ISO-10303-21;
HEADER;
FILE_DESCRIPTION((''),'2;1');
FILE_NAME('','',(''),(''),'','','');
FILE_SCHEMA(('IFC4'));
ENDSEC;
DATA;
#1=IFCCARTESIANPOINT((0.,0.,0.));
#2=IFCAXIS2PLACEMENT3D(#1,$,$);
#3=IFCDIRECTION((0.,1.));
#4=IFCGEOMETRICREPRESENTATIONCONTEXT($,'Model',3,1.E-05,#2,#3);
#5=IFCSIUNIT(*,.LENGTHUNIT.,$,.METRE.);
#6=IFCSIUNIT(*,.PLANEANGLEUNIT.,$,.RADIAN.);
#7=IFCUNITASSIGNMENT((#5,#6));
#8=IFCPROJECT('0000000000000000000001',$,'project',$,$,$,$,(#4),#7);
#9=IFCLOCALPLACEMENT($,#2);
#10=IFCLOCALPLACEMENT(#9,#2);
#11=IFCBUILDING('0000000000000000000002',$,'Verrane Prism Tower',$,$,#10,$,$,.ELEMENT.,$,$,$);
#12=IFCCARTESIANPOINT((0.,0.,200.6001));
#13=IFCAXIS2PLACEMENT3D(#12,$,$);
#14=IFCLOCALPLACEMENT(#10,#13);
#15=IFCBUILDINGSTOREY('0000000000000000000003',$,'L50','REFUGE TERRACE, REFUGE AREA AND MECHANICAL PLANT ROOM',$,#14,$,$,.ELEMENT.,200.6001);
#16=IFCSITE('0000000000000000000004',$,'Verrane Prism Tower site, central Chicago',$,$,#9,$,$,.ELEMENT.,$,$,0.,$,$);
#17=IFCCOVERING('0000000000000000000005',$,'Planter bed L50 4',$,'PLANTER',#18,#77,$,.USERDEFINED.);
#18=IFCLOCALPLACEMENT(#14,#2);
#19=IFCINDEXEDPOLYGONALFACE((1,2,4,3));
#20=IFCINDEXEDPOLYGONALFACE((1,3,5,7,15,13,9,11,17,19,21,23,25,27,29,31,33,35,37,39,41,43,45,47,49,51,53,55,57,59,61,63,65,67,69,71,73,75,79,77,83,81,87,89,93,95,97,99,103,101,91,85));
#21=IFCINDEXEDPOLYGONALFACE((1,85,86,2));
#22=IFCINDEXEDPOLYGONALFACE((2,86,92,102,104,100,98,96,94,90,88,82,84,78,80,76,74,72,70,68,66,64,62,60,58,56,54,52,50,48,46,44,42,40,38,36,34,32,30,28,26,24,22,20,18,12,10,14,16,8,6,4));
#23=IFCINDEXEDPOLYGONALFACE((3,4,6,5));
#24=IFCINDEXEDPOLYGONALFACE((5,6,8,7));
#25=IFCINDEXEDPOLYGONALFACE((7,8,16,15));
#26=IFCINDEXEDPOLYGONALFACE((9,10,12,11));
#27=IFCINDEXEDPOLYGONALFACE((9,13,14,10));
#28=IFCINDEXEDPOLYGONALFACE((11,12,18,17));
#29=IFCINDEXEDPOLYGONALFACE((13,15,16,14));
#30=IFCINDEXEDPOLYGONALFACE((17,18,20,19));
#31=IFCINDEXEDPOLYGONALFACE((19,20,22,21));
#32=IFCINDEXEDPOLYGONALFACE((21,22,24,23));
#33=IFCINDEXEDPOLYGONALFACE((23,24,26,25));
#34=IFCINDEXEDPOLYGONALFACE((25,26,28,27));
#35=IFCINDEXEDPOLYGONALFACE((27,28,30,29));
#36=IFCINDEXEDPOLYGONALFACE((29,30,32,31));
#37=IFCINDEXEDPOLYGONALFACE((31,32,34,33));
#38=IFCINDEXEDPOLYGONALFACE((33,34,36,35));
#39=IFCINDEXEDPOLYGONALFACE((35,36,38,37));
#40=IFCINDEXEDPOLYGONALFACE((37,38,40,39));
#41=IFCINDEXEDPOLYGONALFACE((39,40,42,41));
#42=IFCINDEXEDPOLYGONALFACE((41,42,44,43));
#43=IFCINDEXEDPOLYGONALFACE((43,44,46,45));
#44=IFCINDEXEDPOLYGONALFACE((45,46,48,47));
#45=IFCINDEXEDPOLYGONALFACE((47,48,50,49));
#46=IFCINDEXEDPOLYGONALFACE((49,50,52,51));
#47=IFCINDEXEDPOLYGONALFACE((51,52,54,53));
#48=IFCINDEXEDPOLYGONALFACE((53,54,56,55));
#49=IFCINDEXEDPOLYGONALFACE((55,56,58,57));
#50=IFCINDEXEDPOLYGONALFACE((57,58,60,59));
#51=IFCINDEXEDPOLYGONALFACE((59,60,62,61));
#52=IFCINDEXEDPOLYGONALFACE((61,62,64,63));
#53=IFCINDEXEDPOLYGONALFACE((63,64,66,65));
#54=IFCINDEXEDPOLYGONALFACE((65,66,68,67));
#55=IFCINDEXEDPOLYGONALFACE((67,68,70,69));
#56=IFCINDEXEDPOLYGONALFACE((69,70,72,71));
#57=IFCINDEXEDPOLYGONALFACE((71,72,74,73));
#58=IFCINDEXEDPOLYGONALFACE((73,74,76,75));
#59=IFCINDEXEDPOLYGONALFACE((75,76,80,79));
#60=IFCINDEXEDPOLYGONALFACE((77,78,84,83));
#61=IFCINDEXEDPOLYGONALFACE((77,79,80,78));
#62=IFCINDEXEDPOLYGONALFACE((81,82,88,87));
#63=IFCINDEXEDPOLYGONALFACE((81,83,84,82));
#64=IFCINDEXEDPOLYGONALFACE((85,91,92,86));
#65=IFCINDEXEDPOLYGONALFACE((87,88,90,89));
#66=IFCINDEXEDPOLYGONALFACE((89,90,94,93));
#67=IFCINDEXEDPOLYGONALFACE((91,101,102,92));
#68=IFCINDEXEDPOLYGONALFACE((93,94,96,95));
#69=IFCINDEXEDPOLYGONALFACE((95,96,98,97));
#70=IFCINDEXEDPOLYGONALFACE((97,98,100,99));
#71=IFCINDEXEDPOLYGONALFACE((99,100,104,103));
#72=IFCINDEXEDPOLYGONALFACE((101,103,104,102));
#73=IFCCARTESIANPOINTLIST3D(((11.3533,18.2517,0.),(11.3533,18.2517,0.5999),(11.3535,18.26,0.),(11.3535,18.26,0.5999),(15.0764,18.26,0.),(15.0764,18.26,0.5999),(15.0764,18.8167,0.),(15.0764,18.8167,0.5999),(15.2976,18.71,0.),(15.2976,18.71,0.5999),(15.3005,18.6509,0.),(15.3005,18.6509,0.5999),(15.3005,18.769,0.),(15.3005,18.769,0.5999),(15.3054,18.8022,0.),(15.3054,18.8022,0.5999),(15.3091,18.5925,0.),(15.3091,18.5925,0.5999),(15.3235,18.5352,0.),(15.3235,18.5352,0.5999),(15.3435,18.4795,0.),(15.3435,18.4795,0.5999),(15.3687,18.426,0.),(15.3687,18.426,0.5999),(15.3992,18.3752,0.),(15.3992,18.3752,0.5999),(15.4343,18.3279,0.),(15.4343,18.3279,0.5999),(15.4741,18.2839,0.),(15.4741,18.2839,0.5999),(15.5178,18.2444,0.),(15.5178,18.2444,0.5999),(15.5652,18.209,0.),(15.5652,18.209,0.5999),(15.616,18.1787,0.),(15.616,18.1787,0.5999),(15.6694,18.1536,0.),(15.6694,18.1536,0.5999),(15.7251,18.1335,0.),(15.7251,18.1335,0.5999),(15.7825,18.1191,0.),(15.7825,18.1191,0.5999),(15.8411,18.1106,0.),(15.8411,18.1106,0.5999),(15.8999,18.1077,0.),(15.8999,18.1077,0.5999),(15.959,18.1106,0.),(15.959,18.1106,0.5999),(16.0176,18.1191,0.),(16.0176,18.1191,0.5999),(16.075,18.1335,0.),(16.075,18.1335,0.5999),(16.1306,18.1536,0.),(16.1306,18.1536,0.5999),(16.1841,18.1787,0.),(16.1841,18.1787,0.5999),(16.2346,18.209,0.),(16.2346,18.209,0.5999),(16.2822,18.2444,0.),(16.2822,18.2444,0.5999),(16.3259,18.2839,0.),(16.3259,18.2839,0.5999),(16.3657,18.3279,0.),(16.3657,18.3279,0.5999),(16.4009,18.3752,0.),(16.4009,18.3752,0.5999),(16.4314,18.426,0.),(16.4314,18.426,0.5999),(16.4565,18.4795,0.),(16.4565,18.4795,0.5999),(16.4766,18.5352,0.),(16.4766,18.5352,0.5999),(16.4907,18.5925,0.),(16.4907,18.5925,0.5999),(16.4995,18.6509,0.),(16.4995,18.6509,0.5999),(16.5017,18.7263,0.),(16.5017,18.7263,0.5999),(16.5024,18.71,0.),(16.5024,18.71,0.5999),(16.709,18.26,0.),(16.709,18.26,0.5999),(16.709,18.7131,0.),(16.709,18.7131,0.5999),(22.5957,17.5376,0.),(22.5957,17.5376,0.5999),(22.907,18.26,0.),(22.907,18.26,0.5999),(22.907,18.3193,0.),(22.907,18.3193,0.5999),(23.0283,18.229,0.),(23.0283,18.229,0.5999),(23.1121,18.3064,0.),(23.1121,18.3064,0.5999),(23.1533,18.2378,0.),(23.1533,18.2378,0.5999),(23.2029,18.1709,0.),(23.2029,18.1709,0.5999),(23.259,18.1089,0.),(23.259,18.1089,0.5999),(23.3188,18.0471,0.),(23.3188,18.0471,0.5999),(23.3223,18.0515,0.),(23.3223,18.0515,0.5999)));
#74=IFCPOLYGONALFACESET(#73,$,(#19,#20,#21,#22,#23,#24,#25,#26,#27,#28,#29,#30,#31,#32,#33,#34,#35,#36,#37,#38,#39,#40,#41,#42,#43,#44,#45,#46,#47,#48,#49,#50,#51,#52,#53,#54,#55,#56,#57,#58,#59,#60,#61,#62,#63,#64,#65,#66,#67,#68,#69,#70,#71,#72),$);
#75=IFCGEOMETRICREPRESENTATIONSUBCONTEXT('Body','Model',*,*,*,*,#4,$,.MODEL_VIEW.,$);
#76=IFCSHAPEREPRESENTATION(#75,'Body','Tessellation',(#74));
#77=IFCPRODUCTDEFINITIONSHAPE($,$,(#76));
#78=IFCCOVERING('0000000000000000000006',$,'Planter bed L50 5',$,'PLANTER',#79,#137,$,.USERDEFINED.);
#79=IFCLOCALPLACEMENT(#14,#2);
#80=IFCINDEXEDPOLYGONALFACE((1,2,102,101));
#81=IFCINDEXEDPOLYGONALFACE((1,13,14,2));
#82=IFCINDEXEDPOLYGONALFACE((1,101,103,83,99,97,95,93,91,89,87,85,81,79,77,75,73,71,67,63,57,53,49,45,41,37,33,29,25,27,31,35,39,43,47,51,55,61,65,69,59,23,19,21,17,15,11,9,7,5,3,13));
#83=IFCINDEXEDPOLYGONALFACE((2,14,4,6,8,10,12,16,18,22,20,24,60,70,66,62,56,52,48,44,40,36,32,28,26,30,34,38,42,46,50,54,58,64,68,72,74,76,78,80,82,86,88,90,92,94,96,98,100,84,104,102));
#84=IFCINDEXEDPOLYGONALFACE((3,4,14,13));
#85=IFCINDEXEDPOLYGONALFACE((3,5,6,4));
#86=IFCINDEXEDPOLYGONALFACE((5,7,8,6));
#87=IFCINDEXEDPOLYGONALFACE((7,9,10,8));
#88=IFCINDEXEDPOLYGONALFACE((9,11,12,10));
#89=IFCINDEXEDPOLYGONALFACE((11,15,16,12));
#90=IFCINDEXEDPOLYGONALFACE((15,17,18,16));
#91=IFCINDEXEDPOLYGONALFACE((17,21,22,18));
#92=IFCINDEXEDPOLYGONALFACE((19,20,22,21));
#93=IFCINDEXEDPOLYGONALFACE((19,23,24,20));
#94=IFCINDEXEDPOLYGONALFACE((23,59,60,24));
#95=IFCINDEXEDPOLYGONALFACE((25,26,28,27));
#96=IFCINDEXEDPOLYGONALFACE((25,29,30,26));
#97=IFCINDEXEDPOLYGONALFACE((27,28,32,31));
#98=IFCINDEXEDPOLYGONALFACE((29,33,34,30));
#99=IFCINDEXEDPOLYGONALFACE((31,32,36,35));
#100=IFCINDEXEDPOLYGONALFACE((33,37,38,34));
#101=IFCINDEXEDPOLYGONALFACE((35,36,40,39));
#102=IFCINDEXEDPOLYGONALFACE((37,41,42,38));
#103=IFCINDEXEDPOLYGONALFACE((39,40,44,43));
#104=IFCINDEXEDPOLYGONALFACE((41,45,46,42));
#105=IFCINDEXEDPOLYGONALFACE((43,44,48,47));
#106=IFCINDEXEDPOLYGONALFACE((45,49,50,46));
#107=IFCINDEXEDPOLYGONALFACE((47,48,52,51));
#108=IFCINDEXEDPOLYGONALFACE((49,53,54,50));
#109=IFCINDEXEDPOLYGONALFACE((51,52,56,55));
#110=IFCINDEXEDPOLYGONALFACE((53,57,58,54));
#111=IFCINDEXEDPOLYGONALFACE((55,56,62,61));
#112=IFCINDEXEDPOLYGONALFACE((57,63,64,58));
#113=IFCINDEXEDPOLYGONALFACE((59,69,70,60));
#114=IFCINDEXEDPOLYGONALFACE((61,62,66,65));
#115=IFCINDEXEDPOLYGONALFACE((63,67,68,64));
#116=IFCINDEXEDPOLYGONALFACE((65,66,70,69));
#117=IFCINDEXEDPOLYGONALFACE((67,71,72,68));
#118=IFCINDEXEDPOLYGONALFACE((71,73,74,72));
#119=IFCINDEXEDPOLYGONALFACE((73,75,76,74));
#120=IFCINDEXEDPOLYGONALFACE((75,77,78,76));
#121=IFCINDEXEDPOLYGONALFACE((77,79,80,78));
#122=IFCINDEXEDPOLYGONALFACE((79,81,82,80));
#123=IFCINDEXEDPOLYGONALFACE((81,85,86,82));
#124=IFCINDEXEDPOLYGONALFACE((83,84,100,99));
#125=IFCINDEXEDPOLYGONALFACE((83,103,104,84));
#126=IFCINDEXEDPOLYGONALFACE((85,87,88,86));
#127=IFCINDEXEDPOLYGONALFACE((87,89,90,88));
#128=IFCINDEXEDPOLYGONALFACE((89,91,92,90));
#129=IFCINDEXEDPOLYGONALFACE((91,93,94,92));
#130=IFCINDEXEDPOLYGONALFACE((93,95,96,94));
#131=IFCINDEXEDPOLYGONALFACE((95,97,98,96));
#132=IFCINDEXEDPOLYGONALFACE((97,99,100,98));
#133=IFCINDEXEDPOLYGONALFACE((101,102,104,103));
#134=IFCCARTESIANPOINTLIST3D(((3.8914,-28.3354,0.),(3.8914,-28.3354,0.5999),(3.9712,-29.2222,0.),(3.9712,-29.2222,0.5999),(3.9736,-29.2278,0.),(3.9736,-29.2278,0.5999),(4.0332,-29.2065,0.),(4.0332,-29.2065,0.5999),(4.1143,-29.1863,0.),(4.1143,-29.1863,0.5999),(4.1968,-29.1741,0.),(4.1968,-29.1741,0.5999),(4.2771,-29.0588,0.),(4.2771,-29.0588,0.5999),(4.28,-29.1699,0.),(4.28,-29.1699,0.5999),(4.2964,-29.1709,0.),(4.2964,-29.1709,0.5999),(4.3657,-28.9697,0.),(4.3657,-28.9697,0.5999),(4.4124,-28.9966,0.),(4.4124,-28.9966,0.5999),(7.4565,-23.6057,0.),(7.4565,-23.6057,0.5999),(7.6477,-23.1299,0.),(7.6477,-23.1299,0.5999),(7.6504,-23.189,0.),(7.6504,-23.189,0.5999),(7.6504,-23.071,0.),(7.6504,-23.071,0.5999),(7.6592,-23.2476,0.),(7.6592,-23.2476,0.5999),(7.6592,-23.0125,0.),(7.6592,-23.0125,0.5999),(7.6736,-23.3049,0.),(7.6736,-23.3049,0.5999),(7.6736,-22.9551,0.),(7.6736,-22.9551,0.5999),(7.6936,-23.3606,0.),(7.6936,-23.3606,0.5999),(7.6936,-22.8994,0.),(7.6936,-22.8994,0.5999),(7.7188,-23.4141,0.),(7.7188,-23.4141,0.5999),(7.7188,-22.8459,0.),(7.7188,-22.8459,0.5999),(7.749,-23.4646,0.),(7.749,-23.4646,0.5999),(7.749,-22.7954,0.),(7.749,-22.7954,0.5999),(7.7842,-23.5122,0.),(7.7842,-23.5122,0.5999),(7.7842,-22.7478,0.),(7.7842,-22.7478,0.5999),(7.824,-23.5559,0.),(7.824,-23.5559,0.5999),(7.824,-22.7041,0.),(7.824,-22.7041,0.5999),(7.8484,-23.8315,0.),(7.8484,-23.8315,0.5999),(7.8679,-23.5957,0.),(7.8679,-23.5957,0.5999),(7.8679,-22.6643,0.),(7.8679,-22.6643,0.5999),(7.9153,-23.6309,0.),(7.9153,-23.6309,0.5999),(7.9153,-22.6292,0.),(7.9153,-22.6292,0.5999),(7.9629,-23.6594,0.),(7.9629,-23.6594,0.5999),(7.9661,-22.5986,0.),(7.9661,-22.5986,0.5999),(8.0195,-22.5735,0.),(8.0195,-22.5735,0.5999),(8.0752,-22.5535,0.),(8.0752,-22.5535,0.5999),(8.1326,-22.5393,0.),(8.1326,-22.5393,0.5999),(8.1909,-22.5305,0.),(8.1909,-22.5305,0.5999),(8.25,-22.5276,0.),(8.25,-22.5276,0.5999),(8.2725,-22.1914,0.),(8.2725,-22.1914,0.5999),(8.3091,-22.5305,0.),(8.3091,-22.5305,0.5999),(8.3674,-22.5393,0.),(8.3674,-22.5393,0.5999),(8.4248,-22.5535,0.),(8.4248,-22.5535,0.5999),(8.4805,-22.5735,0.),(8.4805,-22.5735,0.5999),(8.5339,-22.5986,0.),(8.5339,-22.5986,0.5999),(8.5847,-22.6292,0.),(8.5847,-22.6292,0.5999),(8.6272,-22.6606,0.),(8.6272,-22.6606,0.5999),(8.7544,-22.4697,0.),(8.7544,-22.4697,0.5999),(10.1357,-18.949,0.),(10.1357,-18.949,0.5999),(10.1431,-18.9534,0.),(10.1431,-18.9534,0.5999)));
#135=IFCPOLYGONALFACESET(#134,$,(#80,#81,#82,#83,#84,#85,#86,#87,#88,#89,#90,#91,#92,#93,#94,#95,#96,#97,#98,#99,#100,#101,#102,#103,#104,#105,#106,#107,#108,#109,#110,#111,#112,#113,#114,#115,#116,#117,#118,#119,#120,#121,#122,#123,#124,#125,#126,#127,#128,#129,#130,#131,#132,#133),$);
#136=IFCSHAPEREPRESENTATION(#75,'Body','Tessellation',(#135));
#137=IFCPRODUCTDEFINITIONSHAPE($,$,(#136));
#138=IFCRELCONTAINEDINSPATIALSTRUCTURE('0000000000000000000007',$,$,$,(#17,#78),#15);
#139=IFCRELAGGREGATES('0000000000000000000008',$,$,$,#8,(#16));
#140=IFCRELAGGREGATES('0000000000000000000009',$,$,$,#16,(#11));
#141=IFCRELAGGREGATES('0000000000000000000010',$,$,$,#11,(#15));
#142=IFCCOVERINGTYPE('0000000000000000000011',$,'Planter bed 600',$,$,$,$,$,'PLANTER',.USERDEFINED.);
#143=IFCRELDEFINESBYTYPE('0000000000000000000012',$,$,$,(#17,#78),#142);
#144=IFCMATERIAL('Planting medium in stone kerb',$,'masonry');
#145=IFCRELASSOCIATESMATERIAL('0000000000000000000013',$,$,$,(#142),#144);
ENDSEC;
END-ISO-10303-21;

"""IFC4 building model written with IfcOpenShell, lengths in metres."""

from ifc_helpers import new_model, si_unit, direction, frame, origin, place, context, subcontext, project, spatial, polyline, outline, extrude, material, type_object, element, save


model = new_model("IFC4")

# Units and contexts
model_context = context("Model", 3, precision=1e-05, world=origin(), true_north=direction((0.0, 1.0)))
body_context = subcontext(model_context, "Body", "Model", "MODEL_VIEW")
ifc_project = project(units=[si_unit("LENGTHUNIT", "METRE"), si_unit("PLANEANGLEUNIT", "RADIAN")], contexts=[model_context])

# Site, building, storey
site_placement = place(None, origin())
site = spatial("IfcSite", under=ifc_project, at=site_placement, Name="Verrane Prism Tower site, central Chicago", CompositionType="ELEMENT", RefElevation=0.0)
building_placement = place(site_placement, origin())
building = spatial("IfcBuilding", under=site, at=building_placement, Name="Verrane Prism Tower", CompositionType="ELEMENT")
storey_placement = place(building_placement, frame((0.0, 0.0, 200.6001)))
storey = spatial("IfcBuildingStorey", under=building, at=storey_placement, Name="L50", Description="REFUGE TERRACE, REFUGE AREA AND MECHANICAL PLANT ROOM", CompositionType="ELEMENT", Elevation=200.6001)

# Coverings
ifc_material_1 = material(Name="Planting medium in stone kerb", Category="masonry")
covering_type_1 = type_object("IfcCoveringType", Name="Planter bed 600", ElementType="PLANTER", PredefinedType="USERDEFINED", material=ifc_material_1)
covering_1_placement = place(storey_placement, origin())
element("IfcCovering", 1, at=covering_1_placement, inside=storey, type_object=covering_type_1, Name="Planter bed L50 4", ObjectType="PLANTER", PredefinedType="USERDEFINED", context=body_context, shape_type="SweptSolid", body=[
    extrude(outline(polyline([(15.0764, 18.8167), (15.0764, 18.26), (11.3535, 18.26), (11.3533, 18.2517), (22.5957, 17.5376), (23.0283, 18.229), (23.3188, 18.0471), (23.3223, 18.0515), (23.259, 18.1089), (23.2029, 18.1709), (23.1533, 18.2378), (23.1121, 18.3064), (22.907, 18.3193), (22.907, 18.26), (16.709, 18.26), (16.709, 18.7131), (16.5017, 18.7263), (16.5024, 18.71), (16.4995, 18.6509), (16.4907, 18.5925), (16.4766, 18.5352), (16.4565, 18.4795), (16.4314, 18.426), (16.4009, 18.3752), (16.3657, 18.3279), (16.3259, 18.2839), (16.2822, 18.2444), (16.2346, 18.209), (16.1841, 18.1787), (16.1306, 18.1536), (16.075, 18.1335), (16.0176, 18.1191), (15.959, 18.1106), (15.8999, 18.1077), (15.8411, 18.1106), (15.7825, 18.1191), (15.7251, 18.1335), (15.6694, 18.1536), (15.616, 18.1787), (15.5652, 18.209), (15.5178, 18.2444), (15.4741, 18.2839), (15.4343, 18.3279), (15.3992, 18.3752), (15.3687, 18.426), (15.3435, 18.4795), (15.3235, 18.5352), (15.3091, 18.5925), (15.3005, 18.6509), (15.2976, 18.71), (15.3005, 18.769), (15.3054, 18.8022), (15.0764, 18.8167)])), origin(), (0.0, 0.0, 1.0), 0.5999),
])
covering_2_placement = place(storey_placement, origin())
element("IfcCovering", 2, at=covering_2_placement, inside=storey, type_object=covering_type_1, Name="Planter bed L50 5", ObjectType="PLANTER", PredefinedType="USERDEFINED", context=body_context, shape_type="SweptSolid", body=[
    extrude(outline(polyline([(4.0332, -29.2065), (4.1143, -29.1863), (4.1968, -29.1741), (4.28, -29.1699), (4.2964, -29.1709), (4.4124, -28.9966), (4.3657, -28.9697), (7.4565, -23.6057), (7.8484, -23.8315), (7.9629, -23.6594), (7.9153, -23.6309), (7.8679, -23.5957), (7.824, -23.5559), (7.7842, -23.5122), (7.749, -23.4646), (7.7188, -23.4141), (7.6936, -23.3606), (7.6736, -23.3049), (7.6592, -23.2476), (7.6504, -23.189), (7.6477, -23.1299), (7.6504, -23.071), (7.6592, -23.0125), (7.6736, -22.9551), (7.6936, -22.8994), (7.7188, -22.8459), (7.749, -22.7954), (7.7842, -22.7478), (7.824, -22.7041), (7.8679, -22.6643), (7.9153, -22.6292), (7.9661, -22.5986), (8.0195, -22.5735), (8.0752, -22.5535), (8.1326, -22.5393), (8.1909, -22.5305), (8.25, -22.5276), (8.3091, -22.5305), (8.3674, -22.5393), (8.4248, -22.5535), (8.4805, -22.5735), (8.5339, -22.5986), (8.5847, -22.6292), (8.6272, -22.6606), (8.7544, -22.4697), (8.2725, -22.1914), (10.1431, -18.9534), (10.1357, -18.949), (3.8914, -28.3354), (4.2771, -29.0588), (3.9712, -29.2222), (3.9736, -29.2278), (4.0332, -29.2065)])), origin(), (0.0, 0.0, 1.0), 0.5999),
])

save(model, "model.ifc")
